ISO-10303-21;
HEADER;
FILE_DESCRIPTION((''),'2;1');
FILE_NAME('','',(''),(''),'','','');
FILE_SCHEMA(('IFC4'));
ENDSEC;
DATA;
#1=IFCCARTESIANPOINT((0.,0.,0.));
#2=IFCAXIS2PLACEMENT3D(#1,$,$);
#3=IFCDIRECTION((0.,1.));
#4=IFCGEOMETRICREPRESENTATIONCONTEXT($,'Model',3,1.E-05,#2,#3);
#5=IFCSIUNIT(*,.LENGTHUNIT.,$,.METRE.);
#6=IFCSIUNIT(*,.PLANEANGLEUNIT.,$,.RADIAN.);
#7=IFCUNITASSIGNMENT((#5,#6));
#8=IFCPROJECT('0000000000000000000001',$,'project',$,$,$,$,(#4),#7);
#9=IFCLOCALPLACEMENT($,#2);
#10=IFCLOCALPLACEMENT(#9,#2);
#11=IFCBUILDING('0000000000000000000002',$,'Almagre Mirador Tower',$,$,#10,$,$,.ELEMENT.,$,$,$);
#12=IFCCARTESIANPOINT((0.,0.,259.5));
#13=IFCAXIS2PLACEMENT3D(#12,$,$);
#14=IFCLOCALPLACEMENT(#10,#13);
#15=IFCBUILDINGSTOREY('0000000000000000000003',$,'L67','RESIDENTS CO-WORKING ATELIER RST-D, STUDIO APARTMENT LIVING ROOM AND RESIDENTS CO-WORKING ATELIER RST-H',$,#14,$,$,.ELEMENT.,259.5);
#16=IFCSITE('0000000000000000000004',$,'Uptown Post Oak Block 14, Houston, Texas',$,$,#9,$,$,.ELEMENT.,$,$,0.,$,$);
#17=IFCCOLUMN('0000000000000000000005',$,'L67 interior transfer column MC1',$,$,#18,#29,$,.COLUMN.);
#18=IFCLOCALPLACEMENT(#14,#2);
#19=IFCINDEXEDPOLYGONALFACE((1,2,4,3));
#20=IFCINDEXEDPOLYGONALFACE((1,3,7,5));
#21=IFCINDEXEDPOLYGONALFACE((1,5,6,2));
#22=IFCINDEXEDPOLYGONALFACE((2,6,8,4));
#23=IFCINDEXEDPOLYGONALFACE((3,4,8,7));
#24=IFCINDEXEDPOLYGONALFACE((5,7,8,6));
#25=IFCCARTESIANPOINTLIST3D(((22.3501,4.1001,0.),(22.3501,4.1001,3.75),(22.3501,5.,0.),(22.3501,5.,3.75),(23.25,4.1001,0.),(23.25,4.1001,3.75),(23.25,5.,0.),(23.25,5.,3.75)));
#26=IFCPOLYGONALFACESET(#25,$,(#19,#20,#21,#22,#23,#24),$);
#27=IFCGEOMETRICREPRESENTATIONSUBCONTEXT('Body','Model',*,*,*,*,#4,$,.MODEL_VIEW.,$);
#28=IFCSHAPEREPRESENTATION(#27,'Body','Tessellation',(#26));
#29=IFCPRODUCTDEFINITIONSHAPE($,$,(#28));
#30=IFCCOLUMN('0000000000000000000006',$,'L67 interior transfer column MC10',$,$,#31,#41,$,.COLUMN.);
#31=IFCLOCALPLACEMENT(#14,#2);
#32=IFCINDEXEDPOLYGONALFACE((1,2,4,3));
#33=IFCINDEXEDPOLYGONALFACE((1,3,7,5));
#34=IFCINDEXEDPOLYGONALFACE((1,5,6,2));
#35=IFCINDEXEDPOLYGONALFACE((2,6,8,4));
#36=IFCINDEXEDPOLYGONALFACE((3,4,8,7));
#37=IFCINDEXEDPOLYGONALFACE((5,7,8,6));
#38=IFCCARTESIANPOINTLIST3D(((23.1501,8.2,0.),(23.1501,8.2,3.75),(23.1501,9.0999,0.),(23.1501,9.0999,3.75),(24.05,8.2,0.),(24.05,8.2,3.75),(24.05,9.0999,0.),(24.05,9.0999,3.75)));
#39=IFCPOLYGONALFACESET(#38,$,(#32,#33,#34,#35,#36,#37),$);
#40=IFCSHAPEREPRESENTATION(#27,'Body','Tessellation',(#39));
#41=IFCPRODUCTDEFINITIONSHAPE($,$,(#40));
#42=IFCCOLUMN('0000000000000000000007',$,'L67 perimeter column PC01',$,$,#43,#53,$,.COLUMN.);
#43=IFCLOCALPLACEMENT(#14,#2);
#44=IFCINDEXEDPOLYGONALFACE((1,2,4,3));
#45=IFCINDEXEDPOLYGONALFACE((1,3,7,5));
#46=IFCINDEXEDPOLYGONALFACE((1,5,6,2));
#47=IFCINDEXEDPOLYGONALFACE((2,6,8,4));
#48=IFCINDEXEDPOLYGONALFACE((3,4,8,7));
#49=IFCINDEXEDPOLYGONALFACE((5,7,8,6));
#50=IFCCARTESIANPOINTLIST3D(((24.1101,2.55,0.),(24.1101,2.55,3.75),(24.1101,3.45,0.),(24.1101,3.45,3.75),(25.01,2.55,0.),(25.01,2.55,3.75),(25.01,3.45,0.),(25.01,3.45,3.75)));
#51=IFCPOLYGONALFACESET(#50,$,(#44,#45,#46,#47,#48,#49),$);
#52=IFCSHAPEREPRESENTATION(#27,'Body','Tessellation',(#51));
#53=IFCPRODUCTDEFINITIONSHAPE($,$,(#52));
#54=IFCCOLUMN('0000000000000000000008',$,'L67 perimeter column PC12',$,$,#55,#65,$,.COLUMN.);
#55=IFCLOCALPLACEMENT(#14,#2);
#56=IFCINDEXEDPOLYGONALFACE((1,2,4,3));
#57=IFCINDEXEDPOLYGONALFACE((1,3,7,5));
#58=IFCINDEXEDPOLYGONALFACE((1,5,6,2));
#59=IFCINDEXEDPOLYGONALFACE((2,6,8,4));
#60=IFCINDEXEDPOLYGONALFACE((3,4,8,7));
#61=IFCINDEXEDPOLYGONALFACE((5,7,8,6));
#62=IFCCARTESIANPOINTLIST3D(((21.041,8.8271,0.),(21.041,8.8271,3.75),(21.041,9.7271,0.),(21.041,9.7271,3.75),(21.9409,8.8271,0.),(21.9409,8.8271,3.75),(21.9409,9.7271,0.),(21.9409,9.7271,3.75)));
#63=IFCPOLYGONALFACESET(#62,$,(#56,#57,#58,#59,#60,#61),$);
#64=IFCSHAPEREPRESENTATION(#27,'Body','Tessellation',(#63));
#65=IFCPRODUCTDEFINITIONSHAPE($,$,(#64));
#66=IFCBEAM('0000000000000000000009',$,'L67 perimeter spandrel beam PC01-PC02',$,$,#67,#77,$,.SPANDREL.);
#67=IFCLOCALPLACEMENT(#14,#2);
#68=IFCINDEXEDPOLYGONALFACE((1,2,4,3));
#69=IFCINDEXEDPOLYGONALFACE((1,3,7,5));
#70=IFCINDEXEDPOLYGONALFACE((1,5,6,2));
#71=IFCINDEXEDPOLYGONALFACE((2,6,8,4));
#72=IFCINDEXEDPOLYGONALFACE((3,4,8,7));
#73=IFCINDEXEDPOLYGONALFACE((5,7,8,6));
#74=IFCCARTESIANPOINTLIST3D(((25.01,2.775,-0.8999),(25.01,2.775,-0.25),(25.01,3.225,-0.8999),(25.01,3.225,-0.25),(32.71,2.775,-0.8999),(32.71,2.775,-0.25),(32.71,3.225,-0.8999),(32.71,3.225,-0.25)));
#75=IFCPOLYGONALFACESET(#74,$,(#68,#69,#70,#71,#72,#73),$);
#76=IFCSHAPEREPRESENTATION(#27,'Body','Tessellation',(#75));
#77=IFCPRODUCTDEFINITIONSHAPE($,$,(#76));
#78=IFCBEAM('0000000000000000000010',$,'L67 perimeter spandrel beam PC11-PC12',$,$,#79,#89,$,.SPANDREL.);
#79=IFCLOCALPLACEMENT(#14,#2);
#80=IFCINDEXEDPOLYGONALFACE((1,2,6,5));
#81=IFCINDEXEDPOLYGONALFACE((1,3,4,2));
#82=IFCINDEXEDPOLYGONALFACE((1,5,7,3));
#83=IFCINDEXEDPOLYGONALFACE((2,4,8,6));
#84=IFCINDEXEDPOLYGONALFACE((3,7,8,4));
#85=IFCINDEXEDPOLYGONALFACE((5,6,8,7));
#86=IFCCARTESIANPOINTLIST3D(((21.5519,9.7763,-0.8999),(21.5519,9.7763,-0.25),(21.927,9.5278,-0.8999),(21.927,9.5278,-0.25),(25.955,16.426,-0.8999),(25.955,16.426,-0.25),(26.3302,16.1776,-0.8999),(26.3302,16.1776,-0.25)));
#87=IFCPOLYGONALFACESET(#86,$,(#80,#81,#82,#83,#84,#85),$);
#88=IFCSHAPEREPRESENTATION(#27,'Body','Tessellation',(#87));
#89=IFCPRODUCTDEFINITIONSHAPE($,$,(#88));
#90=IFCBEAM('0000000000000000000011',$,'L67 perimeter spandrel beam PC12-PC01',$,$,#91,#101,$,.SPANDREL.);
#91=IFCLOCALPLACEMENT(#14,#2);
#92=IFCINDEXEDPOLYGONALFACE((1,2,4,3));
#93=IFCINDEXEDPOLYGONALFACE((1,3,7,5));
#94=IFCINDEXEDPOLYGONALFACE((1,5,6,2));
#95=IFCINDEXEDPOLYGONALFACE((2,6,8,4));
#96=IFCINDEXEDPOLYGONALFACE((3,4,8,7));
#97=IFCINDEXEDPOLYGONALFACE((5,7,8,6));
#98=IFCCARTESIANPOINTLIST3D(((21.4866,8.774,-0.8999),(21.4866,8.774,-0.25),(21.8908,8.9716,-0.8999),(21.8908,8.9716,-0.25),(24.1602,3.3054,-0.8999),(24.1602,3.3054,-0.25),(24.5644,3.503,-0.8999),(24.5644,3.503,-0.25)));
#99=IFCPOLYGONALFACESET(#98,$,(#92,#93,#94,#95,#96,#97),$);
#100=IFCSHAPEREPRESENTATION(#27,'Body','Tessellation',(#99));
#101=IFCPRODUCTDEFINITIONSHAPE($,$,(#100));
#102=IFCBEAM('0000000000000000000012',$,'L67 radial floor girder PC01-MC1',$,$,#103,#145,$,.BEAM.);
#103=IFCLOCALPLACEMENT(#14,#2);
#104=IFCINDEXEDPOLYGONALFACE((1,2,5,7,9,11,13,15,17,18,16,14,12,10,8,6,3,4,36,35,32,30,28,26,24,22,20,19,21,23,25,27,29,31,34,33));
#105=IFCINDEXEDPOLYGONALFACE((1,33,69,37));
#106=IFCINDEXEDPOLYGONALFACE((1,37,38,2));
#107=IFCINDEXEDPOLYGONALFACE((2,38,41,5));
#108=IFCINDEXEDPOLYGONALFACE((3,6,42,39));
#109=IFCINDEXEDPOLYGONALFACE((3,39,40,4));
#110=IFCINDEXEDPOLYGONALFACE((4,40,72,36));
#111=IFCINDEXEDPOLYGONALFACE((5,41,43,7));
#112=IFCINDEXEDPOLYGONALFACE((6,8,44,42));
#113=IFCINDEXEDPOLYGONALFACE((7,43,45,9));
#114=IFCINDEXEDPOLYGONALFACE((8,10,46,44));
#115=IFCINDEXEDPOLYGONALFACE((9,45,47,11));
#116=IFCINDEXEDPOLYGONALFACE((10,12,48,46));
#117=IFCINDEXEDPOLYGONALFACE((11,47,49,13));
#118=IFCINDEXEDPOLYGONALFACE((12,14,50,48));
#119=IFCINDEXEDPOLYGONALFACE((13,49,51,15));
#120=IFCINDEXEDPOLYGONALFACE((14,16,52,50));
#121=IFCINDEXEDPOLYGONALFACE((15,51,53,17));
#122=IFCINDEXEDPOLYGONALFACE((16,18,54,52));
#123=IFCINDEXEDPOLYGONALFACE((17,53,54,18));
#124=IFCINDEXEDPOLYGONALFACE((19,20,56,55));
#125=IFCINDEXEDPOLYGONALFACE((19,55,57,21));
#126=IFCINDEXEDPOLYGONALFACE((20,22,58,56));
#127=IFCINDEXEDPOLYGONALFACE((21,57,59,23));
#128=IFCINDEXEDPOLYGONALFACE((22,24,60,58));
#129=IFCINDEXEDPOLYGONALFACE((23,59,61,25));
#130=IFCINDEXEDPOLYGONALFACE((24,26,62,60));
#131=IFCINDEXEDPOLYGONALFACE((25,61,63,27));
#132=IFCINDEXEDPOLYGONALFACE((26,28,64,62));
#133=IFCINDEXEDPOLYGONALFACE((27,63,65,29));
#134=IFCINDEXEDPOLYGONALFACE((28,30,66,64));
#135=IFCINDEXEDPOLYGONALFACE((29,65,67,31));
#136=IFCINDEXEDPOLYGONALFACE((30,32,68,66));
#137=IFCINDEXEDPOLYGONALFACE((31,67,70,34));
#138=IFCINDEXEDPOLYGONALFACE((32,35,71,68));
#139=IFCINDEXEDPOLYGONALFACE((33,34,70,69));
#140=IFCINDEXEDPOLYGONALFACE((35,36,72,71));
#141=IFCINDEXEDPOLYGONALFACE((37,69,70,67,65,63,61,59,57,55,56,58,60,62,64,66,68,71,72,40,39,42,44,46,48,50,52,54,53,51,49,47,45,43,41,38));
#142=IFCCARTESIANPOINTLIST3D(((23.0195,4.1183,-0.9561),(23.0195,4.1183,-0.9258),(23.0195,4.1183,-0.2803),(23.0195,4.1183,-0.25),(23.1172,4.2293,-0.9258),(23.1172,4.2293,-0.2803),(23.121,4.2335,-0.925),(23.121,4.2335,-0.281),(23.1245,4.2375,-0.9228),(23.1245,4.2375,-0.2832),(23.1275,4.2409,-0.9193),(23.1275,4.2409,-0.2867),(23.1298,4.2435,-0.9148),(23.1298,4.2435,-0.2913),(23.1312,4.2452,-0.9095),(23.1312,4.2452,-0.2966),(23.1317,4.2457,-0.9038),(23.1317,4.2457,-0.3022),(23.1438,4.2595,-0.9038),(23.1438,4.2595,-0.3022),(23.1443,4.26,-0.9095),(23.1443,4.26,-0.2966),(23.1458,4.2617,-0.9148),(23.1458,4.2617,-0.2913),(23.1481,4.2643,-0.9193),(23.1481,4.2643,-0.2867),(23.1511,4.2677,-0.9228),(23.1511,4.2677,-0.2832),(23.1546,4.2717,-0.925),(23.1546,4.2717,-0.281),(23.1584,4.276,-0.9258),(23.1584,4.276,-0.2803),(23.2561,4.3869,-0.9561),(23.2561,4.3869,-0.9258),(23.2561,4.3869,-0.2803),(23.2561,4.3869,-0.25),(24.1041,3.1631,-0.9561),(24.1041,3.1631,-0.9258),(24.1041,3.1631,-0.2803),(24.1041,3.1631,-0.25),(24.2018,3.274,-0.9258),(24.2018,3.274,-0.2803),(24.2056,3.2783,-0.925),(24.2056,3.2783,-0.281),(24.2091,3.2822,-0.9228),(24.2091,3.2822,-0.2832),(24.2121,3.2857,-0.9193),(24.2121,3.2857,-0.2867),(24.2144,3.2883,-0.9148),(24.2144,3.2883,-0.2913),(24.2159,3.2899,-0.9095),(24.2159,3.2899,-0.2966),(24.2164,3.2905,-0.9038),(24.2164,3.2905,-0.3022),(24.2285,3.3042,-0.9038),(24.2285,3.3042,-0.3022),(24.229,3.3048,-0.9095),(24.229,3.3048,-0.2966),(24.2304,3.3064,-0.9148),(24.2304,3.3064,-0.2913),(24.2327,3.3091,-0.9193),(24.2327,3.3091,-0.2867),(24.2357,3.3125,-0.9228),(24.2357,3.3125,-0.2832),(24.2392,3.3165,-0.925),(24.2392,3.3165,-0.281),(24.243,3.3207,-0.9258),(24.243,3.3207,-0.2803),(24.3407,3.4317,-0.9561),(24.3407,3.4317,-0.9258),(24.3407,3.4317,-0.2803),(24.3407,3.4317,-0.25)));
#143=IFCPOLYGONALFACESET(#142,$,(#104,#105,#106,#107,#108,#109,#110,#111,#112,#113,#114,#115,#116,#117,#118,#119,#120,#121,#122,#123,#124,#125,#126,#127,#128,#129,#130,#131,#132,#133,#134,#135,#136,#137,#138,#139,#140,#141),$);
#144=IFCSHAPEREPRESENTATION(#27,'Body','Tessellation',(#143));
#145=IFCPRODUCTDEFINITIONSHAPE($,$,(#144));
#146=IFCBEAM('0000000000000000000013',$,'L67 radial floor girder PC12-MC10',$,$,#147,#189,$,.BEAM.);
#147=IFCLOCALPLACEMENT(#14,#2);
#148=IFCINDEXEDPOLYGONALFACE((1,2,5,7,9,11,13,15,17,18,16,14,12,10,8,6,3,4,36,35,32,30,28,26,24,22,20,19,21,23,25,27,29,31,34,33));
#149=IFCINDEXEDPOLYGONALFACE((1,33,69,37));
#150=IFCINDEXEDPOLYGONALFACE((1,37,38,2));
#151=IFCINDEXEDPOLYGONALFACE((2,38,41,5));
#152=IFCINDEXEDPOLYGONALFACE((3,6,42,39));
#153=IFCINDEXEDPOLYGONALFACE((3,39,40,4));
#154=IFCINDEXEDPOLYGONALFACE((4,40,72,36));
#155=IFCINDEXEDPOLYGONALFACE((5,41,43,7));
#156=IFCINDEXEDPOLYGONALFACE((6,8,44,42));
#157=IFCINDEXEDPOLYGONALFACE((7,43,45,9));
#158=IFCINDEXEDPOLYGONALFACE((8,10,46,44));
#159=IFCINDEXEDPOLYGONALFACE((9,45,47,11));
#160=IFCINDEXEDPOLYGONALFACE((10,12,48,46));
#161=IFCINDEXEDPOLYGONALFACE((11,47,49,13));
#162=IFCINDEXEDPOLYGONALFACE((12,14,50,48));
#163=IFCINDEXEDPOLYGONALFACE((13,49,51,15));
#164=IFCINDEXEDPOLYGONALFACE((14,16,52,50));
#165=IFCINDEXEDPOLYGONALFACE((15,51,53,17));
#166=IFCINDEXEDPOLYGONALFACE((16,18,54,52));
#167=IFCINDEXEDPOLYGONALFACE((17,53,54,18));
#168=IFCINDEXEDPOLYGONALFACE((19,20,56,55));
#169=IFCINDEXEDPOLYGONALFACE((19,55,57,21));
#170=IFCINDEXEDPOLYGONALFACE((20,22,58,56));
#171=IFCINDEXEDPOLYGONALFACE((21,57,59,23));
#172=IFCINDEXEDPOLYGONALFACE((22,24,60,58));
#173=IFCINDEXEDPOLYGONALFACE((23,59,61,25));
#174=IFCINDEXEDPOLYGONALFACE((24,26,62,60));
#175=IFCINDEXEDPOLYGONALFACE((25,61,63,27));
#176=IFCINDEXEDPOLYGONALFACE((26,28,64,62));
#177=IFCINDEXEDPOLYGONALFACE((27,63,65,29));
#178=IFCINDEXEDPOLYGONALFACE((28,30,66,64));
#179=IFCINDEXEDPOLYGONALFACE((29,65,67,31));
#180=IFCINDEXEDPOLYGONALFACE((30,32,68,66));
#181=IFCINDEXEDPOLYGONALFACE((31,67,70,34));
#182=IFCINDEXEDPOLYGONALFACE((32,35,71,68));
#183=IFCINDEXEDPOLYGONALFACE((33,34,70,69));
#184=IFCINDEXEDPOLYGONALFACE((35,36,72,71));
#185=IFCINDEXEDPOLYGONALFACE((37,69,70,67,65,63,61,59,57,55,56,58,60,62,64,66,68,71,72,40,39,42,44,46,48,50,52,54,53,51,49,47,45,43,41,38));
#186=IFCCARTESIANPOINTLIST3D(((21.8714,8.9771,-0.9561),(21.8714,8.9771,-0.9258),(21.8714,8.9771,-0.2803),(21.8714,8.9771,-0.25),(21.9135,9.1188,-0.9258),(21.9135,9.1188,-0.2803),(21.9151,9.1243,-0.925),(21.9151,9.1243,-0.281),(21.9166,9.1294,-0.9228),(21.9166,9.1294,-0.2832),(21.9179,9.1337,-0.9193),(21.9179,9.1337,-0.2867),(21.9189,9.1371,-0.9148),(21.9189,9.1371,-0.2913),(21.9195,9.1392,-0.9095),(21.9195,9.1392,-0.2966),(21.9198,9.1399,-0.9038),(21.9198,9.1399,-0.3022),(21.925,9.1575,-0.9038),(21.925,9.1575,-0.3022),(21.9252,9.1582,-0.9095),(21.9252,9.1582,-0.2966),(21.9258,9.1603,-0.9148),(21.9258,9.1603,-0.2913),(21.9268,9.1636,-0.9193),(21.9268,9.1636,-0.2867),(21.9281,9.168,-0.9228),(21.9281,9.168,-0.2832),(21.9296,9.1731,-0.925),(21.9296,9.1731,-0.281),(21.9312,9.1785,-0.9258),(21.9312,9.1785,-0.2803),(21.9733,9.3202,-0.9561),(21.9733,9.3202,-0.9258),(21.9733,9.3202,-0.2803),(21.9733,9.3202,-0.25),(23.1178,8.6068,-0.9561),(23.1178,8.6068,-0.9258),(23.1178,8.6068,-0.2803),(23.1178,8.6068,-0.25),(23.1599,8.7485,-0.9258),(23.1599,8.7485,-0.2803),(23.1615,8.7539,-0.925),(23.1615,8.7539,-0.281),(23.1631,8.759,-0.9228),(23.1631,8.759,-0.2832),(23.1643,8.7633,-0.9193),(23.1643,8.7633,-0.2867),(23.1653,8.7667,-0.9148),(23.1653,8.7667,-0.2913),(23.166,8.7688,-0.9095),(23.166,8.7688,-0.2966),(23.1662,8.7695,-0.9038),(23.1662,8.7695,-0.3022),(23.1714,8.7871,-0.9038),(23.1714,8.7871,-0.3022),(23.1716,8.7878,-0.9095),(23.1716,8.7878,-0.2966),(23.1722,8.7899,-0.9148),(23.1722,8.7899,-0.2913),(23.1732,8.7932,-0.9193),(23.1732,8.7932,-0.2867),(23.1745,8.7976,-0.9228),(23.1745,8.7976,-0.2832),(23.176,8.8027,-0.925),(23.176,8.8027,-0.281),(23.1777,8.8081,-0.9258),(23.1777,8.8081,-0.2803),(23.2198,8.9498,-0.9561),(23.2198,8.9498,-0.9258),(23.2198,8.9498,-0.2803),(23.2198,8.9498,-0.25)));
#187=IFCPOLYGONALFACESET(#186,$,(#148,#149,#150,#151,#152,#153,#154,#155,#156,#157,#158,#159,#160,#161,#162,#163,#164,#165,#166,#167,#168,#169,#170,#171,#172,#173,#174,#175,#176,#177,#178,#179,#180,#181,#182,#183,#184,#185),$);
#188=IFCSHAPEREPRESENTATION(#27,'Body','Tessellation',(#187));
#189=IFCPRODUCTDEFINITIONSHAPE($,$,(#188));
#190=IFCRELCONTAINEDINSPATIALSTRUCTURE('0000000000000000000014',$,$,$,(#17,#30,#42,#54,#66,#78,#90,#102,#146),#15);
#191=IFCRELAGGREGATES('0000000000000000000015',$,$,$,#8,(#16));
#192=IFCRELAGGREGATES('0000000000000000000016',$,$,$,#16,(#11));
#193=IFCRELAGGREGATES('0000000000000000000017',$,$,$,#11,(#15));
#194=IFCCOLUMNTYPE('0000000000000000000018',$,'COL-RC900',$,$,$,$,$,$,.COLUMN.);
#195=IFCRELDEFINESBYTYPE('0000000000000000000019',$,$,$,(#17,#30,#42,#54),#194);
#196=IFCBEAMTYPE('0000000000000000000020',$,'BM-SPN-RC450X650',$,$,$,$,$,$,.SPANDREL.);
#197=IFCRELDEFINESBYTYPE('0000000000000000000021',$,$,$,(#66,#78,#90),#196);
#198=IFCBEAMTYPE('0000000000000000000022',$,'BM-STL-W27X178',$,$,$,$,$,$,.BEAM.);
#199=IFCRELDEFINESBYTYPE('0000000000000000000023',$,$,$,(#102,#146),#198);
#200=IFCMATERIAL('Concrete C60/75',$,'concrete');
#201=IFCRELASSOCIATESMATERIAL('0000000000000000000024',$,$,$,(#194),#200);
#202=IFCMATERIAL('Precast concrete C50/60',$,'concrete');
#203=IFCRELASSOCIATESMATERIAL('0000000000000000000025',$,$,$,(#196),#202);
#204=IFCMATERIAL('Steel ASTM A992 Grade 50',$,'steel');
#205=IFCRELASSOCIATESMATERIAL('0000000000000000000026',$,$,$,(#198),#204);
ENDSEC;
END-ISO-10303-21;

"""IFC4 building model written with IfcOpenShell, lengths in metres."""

from ifc_helpers import new_model, si_unit, direction, frame, origin, origin_2d, place, context, subcontext, project, spatial, rectangle, i_section, extrude, material, material_profile, profile_set, type_object, element, save


model = new_model("IFC4")

# Units and contexts
model_context = context("Model", 3, precision=1e-05, world=origin(), true_north=direction((0.0, 1.0)))
body_context = subcontext(model_context, "Body", "Model", "MODEL_VIEW")
ifc_project = project(units=[si_unit("LENGTHUNIT", "METRE"), si_unit("PLANEANGLEUNIT", "RADIAN")], contexts=[model_context])

# Site, building, storey
site_placement = place(None, origin())
site = spatial("IfcSite", under=ifc_project, at=site_placement, Name="Uptown Post Oak Block 14, Houston, Texas", CompositionType="ELEMENT", RefElevation=0.0)
building_placement = place(site_placement, origin())
building = spatial("IfcBuilding", under=site, at=building_placement, Name="Almagre Mirador Tower", CompositionType="ELEMENT")
storey_placement = place(building_placement, frame((0.0, 0.0, 259.5)))
storey = spatial("IfcBuildingStorey", under=building, at=storey_placement, Name="L67", Description="RESIDENTS CO-WORKING ATELIER RST-D, STUDIO APARTMENT LIVING ROOM AND RESIDENTS CO-WORKING ATELIER RST-H", CompositionType="ELEMENT", Elevation=259.5)

# Columns
ifc_material_1 = material(Name="Concrete C60/75", Category="concrete")
ifc_material_profile_1 = material_profile(ifc_material_1, rectangle(XDim=0.8999, YDim=0.8999, at=origin_2d()), Name="RC900X900")
ifc_profile_set_1 = profile_set([ifc_material_profile_1], Name="Concrete C60/75")
column_type = type_object("IfcColumnType", Name="COL-RC900", PredefinedType="COLUMN", material=ifc_profile_set_1)
for number, where, z_axis, x_axis, name in (
    (1, (22.8, 4.55, 0.0), (0.0, 0.0, 1.0), (1.0, 0.0, 0.0), "L67 interior transfer column MC1"),
    (2, (23.6001, 8.6499, 0.0), (0.0, 0.0, 1.0), (1.0, 0.0, 0.0), "L67 interior transfer column MC10"),
    (3, (24.5601, 3.0, 0.0), (0.0, 0.0, 1.0), (1.0, 0.0, 0.0), "L67 perimeter column PC01"),
    (4, (21.491, 9.2771, 0.0), (0.0, 0.0, 1.0), (1.0, 0.0, 0.0), "L67 perimeter column PC12"),
):
    element("IfcColumn", number, at=place(storey_placement, frame(where, z_axis=z_axis, x_axis=x_axis)), inside=storey, type_object=column_type, Name=name, PredefinedType="COLUMN", context=body_context, shape_type="SweptSolid", body=[
        extrude(rectangle(XDim=0.8999, YDim=0.8999, at=origin_2d()), origin(), (0.0, 0.0, 1.0), 3.75),
    ])

# Beams
ifc_material_2 = material(Name="Precast concrete C50/60", Category="concrete")
ifc_material_profile_2 = material_profile(ifc_material_2, rectangle(XDim=0.45, YDim=0.6499, at=origin_2d()), Name="RC450X650")
ifc_profile_set_2 = profile_set([ifc_material_profile_2], Name="Precast concrete C50/60")
beam_type_1 = type_object("IfcBeamType", Name="BM-SPN-RC450X650", PredefinedType="SPANDREL", material=ifc_profile_set_2)
beam_1_placement = place(storey_placement, frame((25.01, 3.0, -0.575), z_axis=(1.0, 0.0, 0.0), x_axis=(0.0, 1.0, 0.0)))
element("IfcBeam", 5, at=beam_1_placement, inside=storey, type_object=beam_type_1, Name="L67 perimeter spandrel beam PC01-PC02", PredefinedType="SPANDREL", context=body_context, shape_type="SweptSolid", body=[
    extrude(rectangle(XDim=0.45, YDim=0.6499, at=origin_2d()), origin(), (0.0, 0.0, 1.0), 7.7),
])
beam_2_placement = place(storey_placement, frame((26.1426, 16.3018, -0.575), z_axis=(-0.552091, -0.833784, 0.0), x_axis=(0.833784, -0.552091, 0.0)))
element("IfcBeam", 6, at=beam_2_placement, inside=storey, type_object=beam_type_1, Name="L67 perimeter spandrel beam PC11-PC12", PredefinedType="SPANDREL", context=body_context, shape_type="SweptSolid", body=[
    extrude(rectangle(XDim=0.45, YDim=0.6499, at=origin_2d()), origin(), (0.0, 0.0, 1.0), 7.9753),
])
beam_3_placement = place(storey_placement, frame((21.6887, 8.8728, -0.575), z_axis=(0.439222, -0.898378, 0.0), x_axis=(0.898378, 0.439222, 0.0)))
element("IfcBeam", 7, at=beam_3_placement, inside=storey, type_object=beam_type_1, Name="L67 perimeter spandrel beam PC12-PC01", PredefinedType="SPANDREL", context=body_context, shape_type="SweptSolid", body=[
    extrude(rectangle(XDim=0.45, YDim=0.6499, at=origin_2d()), origin(), (0.0, 0.0, 1.0), 6.0872),
])
ifc_material_3 = material(Name="Steel ASTM A992 Grade 50", Category="steel")
ifc_material_profile_3 = material_profile(ifc_material_3, i_section(OverallWidth=0.3579, OverallDepth=0.7061, WebThickness=0.0183, FlangeThickness=0.0303, FilletRadius=0.022, at=origin_2d()), Name="W27X178")
ifc_profile_set_3 = profile_set([ifc_material_profile_3], Name="Steel ASTM A992 Grade 50")
beam_type_2 = type_object("IfcBeamType", Name="BM-STL-W27X178", PredefinedType="BEAM", material=ifc_profile_set_3)
beam_4_placement = place(storey_placement, frame((24.2224, 3.2974, -0.603), z_axis=(-0.750449, 0.660929, 0.0), x_axis=(-0.660929, -0.750449, 0.0)))
element("IfcBeam", 8, at=beam_4_placement, inside=storey, type_object=beam_type_2, Name="L67 radial floor girder PC01-MC1", PredefinedType="BEAM", context=body_context, shape_type="SweptSolid", body=[
    extrude(i_section(OverallWidth=0.3579, OverallDepth=0.7061, WebThickness=0.0183, FlangeThickness=0.0303, FilletRadius=0.022, at=origin_2d()), origin(), (0.0, 0.0, 1.0), 1.4453),
])
beam_5_placement = place(storey_placement, frame((21.9224, 9.1487, -0.603), z_axis=(0.958572, -0.284849, 0.0), x_axis=(0.284849, 0.958572, 0.0)))
element("IfcBeam", 9, at=beam_5_placement, inside=storey, type_object=beam_type_2, Name="L67 radial floor girder PC12-MC10", PredefinedType="BEAM", context=body_context, shape_type="SweptSolid", body=[
    extrude(i_section(OverallWidth=0.3579, OverallDepth=0.7061, WebThickness=0.0183, FlangeThickness=0.0303, FilletRadius=0.022, at=origin_2d()), origin(), (0.0, 0.0, 1.0), 1.3003),
])

save(model, "model.ifc")
